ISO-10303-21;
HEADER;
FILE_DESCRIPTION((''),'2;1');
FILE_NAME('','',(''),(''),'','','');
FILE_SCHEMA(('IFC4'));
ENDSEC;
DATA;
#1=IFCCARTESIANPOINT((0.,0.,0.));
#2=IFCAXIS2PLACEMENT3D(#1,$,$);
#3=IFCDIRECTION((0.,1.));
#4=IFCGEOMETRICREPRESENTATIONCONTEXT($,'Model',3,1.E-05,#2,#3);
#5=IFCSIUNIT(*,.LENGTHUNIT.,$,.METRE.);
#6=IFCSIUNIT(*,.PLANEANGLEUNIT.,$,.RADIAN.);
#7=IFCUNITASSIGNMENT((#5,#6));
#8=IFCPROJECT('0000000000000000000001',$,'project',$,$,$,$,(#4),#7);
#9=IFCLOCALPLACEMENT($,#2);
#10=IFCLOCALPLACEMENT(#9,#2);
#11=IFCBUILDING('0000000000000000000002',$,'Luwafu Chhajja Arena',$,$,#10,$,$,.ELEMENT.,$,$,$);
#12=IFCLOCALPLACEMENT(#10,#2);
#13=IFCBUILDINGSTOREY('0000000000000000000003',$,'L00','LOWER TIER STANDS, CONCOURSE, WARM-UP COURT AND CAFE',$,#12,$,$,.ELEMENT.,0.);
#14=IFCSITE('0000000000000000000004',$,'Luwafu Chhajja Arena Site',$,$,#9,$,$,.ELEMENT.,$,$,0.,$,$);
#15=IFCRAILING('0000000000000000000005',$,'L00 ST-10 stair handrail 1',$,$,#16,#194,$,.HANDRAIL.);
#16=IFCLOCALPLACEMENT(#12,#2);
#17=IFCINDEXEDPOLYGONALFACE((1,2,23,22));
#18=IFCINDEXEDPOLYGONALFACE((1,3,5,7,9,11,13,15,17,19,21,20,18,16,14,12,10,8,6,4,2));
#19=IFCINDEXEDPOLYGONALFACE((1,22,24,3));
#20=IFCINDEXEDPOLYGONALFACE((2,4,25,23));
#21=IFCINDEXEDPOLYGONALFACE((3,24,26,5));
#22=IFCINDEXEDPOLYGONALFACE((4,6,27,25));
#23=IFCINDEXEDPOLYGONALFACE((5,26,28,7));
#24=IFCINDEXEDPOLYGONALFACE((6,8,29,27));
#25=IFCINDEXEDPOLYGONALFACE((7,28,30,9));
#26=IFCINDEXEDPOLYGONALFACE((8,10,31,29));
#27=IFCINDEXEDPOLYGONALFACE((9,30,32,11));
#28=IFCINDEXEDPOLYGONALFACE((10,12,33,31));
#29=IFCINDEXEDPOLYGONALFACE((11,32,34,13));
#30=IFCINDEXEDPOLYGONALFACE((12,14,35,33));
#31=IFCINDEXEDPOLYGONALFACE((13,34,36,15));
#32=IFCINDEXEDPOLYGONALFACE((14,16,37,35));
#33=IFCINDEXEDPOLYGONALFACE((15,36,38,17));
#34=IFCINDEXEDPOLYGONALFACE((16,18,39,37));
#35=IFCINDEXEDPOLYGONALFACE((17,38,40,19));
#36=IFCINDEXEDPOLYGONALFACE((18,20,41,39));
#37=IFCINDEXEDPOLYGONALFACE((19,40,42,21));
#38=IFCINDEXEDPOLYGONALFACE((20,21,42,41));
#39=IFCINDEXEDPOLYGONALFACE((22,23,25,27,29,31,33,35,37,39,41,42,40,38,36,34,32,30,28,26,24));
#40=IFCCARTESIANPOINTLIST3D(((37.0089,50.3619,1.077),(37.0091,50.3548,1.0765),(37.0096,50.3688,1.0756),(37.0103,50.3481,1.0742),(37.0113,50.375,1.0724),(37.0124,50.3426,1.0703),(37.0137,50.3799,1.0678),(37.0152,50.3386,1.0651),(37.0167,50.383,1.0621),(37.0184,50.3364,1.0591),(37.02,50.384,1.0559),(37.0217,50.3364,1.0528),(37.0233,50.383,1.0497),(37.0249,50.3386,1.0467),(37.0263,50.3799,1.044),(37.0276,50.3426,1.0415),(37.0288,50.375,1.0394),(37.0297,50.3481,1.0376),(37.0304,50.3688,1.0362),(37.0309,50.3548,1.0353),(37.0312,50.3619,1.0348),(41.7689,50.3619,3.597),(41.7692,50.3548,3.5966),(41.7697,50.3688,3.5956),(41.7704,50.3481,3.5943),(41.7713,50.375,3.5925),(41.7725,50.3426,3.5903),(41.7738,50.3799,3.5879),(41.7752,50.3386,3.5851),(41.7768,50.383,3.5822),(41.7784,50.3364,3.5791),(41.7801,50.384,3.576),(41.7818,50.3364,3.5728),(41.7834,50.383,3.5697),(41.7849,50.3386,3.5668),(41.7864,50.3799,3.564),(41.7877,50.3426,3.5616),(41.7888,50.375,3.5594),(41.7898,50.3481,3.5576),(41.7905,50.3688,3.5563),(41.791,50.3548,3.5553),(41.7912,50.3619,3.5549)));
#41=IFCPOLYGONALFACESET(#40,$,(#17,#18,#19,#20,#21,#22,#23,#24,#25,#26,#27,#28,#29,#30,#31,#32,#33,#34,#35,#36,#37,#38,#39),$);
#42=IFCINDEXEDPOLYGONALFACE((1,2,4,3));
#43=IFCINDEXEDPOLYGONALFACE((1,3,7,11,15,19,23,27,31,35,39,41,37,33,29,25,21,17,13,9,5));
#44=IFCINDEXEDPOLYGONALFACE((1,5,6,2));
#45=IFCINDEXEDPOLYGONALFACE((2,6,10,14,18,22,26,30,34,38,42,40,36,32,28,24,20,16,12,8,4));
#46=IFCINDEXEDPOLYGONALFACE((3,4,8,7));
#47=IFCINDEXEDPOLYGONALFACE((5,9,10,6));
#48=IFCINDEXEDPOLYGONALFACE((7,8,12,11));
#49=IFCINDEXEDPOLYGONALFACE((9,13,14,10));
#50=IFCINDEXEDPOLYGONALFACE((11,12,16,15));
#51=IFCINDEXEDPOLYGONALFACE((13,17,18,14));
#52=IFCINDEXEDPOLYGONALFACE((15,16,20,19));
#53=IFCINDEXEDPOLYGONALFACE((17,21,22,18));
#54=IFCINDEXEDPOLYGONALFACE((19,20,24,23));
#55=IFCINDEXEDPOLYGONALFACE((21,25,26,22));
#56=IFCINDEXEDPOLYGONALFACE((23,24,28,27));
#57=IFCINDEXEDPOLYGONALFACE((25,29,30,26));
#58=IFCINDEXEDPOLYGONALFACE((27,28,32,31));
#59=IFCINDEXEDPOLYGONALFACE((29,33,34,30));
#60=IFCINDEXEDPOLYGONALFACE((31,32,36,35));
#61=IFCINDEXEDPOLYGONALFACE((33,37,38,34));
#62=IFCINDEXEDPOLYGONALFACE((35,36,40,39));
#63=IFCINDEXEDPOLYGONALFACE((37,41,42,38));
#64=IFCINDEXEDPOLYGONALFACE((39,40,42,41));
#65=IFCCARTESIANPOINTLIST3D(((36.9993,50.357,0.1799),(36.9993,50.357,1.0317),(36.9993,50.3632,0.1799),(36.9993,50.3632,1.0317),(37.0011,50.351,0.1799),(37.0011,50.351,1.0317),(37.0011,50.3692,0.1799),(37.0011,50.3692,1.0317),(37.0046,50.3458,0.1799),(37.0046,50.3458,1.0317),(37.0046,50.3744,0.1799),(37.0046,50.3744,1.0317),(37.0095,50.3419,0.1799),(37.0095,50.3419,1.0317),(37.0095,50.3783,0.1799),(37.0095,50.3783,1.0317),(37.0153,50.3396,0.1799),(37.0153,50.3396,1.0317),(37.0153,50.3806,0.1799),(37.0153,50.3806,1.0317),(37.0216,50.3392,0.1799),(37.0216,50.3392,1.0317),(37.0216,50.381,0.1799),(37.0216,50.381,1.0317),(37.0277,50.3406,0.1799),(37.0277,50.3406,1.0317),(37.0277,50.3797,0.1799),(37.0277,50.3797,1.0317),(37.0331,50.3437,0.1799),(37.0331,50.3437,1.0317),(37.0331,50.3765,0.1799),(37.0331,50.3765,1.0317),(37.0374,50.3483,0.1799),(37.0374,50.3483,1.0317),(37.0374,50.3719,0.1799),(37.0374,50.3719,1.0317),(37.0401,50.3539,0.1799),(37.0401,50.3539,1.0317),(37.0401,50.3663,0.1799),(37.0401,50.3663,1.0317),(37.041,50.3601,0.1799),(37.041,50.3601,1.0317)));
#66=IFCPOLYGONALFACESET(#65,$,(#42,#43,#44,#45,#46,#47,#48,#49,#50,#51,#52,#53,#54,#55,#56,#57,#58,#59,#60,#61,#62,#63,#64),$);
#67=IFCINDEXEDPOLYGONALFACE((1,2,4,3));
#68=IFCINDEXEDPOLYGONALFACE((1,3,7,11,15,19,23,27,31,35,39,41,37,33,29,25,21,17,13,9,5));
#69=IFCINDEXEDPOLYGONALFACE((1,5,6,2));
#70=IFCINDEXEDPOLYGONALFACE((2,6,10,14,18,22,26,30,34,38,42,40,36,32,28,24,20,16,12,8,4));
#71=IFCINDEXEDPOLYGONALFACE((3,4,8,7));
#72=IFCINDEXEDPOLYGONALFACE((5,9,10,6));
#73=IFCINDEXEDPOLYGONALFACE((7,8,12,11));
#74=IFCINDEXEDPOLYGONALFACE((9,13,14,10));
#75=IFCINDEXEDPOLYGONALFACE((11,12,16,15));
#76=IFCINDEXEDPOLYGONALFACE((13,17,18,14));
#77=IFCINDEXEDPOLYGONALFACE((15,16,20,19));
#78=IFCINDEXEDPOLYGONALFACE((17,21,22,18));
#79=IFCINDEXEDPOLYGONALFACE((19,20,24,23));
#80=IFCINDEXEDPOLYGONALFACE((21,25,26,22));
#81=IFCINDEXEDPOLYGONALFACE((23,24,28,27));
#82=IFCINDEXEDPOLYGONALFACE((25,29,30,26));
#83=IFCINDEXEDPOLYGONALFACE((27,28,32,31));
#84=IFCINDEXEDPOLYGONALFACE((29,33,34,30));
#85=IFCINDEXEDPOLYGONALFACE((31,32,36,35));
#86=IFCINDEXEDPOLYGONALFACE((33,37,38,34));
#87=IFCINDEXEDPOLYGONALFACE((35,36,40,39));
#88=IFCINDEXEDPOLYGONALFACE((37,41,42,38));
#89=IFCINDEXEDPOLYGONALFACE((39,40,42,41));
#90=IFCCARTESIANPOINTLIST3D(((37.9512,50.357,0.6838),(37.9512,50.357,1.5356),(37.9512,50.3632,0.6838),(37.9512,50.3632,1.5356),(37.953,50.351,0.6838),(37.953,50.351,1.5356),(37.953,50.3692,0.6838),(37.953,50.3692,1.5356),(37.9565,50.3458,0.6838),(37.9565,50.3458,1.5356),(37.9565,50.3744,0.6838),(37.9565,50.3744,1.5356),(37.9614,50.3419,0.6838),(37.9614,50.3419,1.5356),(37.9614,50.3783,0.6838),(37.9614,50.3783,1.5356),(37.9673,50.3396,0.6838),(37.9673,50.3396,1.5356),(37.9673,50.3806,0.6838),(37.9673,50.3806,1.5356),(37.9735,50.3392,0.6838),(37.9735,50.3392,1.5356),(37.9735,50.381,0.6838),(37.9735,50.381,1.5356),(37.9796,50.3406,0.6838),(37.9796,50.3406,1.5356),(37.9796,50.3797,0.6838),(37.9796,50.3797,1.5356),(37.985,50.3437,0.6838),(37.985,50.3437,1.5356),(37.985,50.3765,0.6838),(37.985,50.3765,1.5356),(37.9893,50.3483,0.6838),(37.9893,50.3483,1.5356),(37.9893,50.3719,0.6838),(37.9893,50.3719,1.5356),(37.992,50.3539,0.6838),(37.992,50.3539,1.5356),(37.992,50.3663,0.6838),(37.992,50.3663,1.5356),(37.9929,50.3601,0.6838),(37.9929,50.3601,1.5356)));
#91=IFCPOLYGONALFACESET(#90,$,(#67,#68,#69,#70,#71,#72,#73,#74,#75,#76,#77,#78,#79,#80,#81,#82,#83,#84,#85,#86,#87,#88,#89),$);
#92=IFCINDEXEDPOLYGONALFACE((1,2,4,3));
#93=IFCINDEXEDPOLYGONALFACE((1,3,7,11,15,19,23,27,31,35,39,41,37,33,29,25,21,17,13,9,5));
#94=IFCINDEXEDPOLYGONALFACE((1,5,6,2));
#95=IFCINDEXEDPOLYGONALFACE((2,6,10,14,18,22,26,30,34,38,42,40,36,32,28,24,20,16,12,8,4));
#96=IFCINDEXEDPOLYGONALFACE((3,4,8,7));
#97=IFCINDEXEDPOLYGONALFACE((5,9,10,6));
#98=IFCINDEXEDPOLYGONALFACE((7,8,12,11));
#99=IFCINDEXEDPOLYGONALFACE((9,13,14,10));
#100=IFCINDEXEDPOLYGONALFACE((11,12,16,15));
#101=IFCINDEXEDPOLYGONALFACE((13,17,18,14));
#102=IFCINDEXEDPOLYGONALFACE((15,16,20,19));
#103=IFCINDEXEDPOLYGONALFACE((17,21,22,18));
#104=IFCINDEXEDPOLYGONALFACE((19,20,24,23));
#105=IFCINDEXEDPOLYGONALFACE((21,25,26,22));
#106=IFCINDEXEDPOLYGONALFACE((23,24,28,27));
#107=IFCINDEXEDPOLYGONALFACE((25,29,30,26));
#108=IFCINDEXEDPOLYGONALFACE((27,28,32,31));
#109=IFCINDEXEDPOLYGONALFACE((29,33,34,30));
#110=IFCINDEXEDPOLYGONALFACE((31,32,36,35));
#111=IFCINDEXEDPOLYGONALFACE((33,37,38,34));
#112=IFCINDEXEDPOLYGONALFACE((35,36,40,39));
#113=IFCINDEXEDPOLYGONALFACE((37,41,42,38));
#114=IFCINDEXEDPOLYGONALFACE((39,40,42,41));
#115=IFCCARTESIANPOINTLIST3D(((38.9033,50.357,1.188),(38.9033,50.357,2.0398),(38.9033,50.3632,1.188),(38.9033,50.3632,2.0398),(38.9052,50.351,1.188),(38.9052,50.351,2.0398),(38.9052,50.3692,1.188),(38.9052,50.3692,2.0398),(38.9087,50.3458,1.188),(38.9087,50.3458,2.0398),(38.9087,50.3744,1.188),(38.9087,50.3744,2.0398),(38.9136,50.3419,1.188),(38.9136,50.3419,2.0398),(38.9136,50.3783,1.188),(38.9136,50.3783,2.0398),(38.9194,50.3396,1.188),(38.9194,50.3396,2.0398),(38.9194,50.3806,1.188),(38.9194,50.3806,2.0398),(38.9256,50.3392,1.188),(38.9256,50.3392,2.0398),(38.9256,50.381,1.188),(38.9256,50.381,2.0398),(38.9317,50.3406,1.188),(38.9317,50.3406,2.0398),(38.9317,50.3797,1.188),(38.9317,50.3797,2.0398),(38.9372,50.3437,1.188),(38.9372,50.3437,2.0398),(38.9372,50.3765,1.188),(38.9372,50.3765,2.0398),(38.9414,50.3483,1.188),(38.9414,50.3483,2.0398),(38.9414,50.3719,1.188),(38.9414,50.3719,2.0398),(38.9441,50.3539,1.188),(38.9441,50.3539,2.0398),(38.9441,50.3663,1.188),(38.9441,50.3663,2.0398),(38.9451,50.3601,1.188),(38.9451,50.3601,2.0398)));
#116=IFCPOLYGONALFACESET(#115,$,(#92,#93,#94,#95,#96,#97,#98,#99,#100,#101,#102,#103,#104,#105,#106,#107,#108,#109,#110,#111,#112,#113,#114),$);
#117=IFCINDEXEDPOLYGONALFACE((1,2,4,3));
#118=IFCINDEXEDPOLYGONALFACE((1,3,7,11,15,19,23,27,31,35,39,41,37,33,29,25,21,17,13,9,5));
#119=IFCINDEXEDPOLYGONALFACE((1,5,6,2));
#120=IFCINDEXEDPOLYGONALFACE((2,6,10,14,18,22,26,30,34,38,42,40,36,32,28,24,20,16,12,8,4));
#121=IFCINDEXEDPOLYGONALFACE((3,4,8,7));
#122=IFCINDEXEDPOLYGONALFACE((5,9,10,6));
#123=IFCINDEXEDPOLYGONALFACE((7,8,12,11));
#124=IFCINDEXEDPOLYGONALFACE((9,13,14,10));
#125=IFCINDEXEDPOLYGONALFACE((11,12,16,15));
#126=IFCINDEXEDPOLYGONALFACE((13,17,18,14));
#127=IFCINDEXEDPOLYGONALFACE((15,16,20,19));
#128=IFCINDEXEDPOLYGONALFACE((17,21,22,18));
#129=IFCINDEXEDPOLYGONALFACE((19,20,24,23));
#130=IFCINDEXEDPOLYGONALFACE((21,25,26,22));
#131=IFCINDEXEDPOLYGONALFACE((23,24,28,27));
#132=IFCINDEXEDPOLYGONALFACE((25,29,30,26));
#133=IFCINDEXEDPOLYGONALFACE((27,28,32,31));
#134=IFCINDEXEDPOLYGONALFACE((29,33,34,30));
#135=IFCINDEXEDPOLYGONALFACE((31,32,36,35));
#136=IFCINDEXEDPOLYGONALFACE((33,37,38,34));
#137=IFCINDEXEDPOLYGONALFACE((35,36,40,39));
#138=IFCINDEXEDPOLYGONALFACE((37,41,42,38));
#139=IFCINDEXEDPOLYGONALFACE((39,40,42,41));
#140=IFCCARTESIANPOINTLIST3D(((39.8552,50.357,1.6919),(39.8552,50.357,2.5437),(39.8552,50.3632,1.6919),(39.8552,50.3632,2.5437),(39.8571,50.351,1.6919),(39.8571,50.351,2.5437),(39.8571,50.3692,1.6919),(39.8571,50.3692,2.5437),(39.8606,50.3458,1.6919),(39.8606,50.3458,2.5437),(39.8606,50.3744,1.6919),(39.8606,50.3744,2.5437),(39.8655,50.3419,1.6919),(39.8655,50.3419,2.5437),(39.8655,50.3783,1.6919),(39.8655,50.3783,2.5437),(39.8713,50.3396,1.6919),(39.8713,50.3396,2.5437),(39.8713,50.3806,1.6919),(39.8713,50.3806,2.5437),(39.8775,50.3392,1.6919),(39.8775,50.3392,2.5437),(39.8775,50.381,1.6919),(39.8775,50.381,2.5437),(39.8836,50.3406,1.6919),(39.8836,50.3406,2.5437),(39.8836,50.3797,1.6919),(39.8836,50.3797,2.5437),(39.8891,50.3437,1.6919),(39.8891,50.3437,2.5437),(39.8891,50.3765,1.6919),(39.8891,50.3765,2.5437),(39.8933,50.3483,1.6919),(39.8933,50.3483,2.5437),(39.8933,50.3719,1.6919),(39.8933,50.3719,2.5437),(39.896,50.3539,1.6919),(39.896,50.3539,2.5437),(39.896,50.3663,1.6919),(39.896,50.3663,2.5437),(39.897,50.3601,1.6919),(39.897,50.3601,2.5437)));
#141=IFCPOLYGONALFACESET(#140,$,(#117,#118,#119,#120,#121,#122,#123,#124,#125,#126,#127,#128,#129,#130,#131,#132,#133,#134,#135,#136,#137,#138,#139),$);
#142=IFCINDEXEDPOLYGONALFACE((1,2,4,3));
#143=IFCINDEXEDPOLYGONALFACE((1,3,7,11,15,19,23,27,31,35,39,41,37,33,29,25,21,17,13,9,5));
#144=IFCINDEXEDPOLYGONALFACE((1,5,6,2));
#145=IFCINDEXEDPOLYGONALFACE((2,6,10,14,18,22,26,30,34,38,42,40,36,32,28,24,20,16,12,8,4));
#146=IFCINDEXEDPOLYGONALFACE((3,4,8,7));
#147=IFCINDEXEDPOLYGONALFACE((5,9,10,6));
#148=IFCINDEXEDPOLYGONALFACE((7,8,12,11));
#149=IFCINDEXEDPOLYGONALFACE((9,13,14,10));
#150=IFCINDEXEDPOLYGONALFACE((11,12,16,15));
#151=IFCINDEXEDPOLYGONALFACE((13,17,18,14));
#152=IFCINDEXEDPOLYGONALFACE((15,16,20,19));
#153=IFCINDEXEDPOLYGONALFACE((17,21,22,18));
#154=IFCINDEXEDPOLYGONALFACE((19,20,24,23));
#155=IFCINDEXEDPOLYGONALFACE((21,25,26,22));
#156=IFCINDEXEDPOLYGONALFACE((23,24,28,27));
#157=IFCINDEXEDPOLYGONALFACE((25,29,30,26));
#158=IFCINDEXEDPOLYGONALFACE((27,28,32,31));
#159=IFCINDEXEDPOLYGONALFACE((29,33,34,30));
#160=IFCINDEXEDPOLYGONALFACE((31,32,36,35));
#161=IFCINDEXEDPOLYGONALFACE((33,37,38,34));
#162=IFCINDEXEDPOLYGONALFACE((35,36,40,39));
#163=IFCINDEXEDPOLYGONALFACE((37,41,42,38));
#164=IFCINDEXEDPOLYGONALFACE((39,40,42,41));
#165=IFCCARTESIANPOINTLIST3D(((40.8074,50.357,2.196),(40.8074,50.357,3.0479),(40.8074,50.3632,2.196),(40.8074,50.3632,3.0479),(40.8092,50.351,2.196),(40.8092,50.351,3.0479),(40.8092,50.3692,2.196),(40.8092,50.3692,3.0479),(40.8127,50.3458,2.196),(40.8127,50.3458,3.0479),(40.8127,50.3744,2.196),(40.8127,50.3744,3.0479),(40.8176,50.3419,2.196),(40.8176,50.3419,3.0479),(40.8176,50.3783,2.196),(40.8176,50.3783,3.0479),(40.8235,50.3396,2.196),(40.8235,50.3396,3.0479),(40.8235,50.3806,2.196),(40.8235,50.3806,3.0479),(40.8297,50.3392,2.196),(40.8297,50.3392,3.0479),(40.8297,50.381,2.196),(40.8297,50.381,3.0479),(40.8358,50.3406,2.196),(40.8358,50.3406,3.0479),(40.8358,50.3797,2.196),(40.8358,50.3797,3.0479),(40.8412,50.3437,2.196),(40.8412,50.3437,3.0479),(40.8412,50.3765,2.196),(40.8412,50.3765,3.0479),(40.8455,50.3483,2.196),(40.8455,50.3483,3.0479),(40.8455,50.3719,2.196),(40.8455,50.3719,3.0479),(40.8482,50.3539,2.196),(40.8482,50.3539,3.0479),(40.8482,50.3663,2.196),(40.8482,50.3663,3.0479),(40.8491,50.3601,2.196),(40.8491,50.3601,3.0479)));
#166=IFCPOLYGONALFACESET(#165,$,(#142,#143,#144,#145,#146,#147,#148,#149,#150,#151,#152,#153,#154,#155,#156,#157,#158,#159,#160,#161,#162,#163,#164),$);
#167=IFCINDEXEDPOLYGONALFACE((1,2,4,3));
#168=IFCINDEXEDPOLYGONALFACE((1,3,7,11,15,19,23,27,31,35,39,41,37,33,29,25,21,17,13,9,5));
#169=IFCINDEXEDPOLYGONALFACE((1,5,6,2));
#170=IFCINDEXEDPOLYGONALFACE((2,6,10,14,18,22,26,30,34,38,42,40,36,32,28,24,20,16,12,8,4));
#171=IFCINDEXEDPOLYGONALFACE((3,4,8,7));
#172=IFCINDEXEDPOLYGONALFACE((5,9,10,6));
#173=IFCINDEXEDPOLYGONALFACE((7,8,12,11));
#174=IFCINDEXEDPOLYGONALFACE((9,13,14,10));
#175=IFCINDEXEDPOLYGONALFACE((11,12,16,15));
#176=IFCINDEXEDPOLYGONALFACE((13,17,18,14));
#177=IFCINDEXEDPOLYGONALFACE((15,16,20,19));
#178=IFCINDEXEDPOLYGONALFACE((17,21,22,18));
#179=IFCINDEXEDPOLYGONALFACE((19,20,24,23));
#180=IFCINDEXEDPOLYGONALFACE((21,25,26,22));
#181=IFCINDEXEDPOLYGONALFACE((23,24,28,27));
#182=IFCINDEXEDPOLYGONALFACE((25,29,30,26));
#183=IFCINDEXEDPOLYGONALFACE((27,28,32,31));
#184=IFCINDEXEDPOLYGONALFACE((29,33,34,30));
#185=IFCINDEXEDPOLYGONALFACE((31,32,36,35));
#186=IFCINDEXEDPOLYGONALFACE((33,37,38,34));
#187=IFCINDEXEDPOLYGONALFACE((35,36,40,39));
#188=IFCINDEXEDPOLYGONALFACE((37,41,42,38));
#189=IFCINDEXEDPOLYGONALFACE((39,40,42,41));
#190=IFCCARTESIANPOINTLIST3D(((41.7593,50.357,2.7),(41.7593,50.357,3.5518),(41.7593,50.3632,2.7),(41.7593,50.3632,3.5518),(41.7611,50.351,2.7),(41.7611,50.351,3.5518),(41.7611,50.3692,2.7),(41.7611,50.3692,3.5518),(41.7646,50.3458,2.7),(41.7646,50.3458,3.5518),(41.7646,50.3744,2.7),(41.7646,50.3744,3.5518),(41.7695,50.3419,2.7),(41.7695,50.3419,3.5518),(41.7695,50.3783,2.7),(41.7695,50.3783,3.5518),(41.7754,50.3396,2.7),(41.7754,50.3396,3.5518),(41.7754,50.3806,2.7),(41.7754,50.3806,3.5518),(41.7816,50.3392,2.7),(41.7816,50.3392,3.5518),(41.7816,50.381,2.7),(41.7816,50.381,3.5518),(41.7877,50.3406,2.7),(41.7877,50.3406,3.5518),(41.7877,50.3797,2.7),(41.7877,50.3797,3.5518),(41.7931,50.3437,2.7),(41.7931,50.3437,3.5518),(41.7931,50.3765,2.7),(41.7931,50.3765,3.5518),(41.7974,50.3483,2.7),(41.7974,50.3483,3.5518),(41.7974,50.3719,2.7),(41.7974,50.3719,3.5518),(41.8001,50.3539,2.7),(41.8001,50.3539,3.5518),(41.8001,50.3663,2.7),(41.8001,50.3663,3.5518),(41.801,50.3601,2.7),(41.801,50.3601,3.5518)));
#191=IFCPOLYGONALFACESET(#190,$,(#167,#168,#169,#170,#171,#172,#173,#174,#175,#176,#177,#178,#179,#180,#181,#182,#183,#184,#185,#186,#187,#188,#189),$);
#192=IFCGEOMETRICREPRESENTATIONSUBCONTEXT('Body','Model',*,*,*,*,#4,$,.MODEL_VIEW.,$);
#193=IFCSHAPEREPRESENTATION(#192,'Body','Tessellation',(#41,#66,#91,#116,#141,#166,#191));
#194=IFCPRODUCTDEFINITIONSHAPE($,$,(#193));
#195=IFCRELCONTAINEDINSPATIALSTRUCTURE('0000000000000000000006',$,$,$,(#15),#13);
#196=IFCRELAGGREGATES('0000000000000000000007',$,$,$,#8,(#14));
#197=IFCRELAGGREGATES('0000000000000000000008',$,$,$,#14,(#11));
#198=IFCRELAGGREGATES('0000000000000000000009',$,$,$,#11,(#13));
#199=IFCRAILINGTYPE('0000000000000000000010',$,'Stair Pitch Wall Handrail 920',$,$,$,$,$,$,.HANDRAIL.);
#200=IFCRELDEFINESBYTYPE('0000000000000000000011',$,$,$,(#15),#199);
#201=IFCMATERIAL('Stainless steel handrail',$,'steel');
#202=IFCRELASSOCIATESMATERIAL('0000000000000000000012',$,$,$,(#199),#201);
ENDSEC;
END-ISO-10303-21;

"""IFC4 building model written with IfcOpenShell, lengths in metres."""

from ifc_helpers import new_model, si_unit, direction, frame, origin, origin_2d, place, context, subcontext, project, spatial, circle, extrude, material, type_object, element, save


model = new_model("IFC4")

# Units and contexts
model_context = context("Model", 3, precision=1e-05, world=origin(), true_north=direction((0.0, 1.0)))
body_context = subcontext(model_context, "Body", "Model", "MODEL_VIEW")
ifc_project = project(units=[si_unit("LENGTHUNIT", "METRE"), si_unit("PLANEANGLEUNIT", "RADIAN")], contexts=[model_context])

# Site, building, storey
site_placement = place(None, origin())
site = spatial("IfcSite", under=ifc_project, at=site_placement, Name="Luwafu Chhajja Arena Site", CompositionType="ELEMENT", RefElevation=0.0)
building_placement = place(site_placement, origin())
building = spatial("IfcBuilding", under=site, at=building_placement, Name="Luwafu Chhajja Arena", CompositionType="ELEMENT")
storey_placement = place(building_placement, origin())
storey = spatial("IfcBuildingStorey", under=building, at=storey_placement, Name="L00", Description="LOWER TIER STANDS, CONCOURSE, WARM-UP COURT AND CAFE", CompositionType="ELEMENT", Elevation=0.0)

# Railing
ifc_material_1 = material(Name="Stainless steel handrail", Category="steel")
railing_type_1 = type_object("IfcRailingType", Name="Stair Pitch Wall Handrail 920", PredefinedType="HANDRAIL", material=ifc_material_1)
railing_1_placement = place(storey_placement, frame((37.02, 50.3601, 0.1799)))
element("IfcRailing", 1, at=railing_1_placement, inside=storey, type_object=railing_type_1, Name="L00 ST-10 stair handrail 1", PredefinedType="HANDRAIL", context=body_context, shape_type="SweptSolid", body=[
    extrude(circle(Radius=0.0239, at=origin_2d()), frame((0.0, 0.0, 0.876), z_axis=(0.883787, 0.0, 0.46789), x_axis=(0.0, 1.0, 0.0)), (0.0, 0.0, 1.0), 5.386),
    extrude(circle(Radius=0.021, at=origin_2d()), origin(), (0.0, 0.0, 1.0), 0.8518),
    extrude(circle(Radius=0.021, at=origin_2d()), frame((0.9519, 0.0, 0.5039)), (0.0, 0.0, 1.0), 0.8518),
    extrude(circle(Radius=0.021, at=origin_2d()), frame((1.9041, 0.0, 1.0081)), (0.0, 0.0, 1.0), 0.8518),
    extrude(circle(Radius=0.021, at=origin_2d()), frame((2.856, 0.0, 1.512)), (0.0, 0.0, 1.0), 0.8518),
    extrude(circle(Radius=0.021, at=origin_2d()), frame((3.8081, 0.0, 2.0161)), (0.0, 0.0, 1.0), 0.8518),
    extrude(circle(Radius=0.021, at=origin_2d()), frame((4.76, 0.0, 2.52)), (0.0, 0.0, 1.0), 0.8518),
])

save(model, "model.ifc")
